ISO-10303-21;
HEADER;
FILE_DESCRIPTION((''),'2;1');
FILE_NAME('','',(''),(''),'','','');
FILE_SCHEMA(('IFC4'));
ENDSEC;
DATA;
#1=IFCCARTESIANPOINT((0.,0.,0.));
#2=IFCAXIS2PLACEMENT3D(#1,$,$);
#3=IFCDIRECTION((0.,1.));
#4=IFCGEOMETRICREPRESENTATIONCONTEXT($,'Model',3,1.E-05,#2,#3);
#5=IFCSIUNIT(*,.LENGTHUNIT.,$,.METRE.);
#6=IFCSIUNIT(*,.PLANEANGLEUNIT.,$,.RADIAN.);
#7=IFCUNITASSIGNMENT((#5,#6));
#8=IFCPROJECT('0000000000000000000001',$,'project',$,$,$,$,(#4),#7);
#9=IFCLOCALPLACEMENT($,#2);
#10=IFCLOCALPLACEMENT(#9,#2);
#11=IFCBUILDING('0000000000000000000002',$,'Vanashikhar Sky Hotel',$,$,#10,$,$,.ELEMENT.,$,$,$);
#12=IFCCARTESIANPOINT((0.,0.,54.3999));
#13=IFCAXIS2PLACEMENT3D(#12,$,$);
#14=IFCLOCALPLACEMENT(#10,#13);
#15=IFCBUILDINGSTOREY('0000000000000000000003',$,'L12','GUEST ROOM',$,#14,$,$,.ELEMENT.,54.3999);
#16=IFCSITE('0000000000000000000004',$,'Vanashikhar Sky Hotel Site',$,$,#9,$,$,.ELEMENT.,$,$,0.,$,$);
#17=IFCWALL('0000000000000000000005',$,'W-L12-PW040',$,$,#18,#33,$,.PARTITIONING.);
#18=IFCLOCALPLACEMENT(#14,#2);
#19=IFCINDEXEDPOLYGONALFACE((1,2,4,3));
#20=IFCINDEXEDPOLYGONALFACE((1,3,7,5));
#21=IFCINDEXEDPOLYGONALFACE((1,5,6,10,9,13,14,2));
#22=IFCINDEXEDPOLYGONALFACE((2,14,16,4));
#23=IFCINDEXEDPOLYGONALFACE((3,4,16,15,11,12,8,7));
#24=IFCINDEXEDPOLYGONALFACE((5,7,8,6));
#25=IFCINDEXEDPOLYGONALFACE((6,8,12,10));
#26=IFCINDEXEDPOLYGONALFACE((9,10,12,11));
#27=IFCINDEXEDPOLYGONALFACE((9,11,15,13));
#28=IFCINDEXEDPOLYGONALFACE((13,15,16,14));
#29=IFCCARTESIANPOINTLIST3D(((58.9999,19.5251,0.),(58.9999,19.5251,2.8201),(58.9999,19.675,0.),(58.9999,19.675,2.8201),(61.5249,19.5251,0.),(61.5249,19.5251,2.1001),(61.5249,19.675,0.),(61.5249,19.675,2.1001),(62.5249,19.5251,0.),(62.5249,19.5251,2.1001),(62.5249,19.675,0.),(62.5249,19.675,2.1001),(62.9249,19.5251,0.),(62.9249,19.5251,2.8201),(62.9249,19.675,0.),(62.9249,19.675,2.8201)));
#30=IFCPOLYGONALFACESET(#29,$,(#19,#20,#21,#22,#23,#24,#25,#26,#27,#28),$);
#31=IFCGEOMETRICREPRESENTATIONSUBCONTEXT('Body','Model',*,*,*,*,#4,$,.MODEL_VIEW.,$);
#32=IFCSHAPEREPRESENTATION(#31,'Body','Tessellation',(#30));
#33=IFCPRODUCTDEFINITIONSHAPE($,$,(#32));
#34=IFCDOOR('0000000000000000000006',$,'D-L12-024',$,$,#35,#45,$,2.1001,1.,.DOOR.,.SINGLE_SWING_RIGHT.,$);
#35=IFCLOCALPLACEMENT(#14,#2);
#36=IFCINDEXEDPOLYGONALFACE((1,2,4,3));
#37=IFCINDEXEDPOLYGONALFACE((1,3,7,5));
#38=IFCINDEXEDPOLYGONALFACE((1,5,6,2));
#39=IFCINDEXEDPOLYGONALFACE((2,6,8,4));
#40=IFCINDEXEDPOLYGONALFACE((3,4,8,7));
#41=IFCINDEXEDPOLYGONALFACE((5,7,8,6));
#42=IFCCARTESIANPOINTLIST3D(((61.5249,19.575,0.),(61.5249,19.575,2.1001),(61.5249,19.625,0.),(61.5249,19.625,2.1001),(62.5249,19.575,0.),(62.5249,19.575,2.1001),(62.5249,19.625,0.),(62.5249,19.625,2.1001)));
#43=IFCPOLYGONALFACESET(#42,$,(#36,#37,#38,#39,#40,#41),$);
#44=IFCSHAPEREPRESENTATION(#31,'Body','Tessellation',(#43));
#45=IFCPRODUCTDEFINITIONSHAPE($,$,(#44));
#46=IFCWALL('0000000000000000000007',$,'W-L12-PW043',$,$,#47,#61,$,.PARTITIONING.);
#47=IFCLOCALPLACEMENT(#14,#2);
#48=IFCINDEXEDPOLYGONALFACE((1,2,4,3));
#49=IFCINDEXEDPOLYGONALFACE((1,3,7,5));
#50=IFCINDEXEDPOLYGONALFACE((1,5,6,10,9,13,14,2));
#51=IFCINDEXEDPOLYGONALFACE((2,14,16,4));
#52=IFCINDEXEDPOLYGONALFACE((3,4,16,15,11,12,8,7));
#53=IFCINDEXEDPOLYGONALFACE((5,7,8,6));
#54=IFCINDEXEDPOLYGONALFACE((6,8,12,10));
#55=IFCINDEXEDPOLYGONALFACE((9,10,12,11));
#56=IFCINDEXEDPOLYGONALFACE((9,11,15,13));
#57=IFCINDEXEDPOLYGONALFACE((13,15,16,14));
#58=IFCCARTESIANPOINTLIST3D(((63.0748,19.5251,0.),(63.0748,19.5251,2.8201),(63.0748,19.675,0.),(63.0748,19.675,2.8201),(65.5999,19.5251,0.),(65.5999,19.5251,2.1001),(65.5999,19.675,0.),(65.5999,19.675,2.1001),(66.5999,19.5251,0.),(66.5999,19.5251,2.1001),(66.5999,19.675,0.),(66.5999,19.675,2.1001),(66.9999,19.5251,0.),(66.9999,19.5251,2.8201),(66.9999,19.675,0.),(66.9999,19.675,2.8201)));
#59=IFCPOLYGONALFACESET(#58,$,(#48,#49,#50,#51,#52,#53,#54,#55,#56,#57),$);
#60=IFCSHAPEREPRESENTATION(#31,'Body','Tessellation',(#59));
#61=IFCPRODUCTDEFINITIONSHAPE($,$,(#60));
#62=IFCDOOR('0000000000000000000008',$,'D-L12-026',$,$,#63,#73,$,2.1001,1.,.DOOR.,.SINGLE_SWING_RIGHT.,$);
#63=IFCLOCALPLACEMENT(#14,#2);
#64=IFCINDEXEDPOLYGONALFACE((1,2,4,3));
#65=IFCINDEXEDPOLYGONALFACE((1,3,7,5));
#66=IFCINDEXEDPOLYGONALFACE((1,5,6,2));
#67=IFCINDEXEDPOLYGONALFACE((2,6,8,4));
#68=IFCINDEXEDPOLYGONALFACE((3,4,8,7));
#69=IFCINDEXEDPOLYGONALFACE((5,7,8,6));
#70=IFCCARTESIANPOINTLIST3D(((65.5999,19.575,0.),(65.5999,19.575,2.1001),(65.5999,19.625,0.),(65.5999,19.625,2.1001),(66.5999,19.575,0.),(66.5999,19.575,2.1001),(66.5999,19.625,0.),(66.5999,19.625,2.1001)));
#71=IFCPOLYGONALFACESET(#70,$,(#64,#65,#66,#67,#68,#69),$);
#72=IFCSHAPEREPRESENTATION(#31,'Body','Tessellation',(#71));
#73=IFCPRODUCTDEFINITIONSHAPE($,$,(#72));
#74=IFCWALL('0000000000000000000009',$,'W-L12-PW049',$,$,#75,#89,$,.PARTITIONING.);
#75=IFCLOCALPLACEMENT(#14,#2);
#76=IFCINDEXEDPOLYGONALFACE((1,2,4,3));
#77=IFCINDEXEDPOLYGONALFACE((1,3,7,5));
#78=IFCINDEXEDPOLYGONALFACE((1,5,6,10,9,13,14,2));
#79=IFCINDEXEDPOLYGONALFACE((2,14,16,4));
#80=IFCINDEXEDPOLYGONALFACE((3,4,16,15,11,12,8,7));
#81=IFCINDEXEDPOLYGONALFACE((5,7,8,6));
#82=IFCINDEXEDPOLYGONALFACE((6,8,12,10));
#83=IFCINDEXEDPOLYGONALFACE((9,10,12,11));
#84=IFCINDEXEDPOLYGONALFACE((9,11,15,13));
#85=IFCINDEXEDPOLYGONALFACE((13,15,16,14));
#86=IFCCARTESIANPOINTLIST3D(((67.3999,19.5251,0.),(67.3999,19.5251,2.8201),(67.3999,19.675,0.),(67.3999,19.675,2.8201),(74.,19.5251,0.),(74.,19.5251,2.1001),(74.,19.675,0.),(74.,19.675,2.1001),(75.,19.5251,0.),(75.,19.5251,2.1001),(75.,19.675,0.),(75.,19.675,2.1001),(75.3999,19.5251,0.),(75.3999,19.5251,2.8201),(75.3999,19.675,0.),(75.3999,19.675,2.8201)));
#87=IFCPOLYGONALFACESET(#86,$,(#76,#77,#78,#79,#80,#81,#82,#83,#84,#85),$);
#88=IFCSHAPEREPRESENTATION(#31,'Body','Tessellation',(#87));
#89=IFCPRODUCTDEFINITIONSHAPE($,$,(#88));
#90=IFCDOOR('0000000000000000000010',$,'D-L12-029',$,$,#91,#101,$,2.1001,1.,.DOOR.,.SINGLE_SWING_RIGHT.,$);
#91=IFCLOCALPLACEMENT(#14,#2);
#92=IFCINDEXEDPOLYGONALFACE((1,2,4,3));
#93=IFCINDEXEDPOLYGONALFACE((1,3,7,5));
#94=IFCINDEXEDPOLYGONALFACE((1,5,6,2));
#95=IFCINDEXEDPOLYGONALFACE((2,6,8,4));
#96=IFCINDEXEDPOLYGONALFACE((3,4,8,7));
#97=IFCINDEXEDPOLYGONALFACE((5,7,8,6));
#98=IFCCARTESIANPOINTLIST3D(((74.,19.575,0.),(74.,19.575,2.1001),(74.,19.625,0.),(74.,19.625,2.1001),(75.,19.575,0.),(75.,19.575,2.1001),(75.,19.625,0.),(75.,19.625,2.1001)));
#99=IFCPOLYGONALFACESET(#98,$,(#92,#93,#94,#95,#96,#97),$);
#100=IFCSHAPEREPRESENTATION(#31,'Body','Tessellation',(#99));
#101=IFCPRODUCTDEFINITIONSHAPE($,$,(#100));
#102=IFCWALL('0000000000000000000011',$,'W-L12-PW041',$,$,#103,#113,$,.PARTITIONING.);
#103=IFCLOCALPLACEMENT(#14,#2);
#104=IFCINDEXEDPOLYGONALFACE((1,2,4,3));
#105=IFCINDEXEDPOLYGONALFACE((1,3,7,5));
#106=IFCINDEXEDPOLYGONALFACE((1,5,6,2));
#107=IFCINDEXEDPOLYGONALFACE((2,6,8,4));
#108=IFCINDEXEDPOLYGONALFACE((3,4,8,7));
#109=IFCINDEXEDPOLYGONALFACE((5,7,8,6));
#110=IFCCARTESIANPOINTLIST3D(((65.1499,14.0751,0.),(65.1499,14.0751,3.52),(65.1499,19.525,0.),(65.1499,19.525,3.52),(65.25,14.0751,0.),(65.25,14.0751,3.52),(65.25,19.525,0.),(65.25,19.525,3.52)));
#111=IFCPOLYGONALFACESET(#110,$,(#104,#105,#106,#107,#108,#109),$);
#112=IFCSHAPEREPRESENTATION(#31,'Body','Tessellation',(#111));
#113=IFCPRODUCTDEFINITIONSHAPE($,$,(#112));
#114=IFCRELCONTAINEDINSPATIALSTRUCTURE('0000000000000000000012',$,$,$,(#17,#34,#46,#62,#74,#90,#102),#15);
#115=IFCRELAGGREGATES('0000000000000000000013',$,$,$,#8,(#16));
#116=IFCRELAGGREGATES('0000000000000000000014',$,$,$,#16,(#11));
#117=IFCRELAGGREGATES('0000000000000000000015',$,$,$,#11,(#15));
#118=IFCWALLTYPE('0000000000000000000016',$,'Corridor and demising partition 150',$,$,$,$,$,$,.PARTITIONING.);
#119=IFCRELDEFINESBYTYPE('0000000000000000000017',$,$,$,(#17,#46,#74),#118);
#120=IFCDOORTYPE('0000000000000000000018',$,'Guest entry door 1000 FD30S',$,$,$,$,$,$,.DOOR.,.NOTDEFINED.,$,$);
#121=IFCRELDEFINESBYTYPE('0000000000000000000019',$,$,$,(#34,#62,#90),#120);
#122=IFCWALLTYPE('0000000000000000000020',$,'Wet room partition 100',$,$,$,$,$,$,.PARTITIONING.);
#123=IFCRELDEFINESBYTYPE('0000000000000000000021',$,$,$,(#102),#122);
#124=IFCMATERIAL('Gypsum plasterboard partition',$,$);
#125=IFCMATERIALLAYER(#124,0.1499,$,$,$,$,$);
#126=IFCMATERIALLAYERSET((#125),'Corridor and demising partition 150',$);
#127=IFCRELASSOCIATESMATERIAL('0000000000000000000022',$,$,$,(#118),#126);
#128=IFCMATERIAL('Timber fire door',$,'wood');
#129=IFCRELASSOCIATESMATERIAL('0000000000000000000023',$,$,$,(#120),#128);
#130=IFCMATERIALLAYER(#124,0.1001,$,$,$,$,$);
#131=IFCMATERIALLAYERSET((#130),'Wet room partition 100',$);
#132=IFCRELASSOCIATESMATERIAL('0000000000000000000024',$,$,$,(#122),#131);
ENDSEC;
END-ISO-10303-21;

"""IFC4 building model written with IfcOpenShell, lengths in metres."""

from ifc_helpers import new_model, si_unit, direction, frame, frame_2d, origin, place, context, subcontext, project, spatial, rectangle, extrude, source, transform, mapped, material, layer, layer_set, type_object, element, fill, save


model = new_model("IFC4")

# Units and contexts
model_context = context("Model", 3, precision=1e-05, world=origin(), true_north=direction((0.0, 1.0)))
body_context = subcontext(model_context, "Body", "Model", "MODEL_VIEW")
ifc_project = project(units=[si_unit("LENGTHUNIT", "METRE"), si_unit("PLANEANGLEUNIT", "RADIAN")], contexts=[model_context])

# Site, building, storey
site_placement = place(None, origin())
site = spatial("IfcSite", under=ifc_project, at=site_placement, Name="Vanashikhar Sky Hotel Site", CompositionType="ELEMENT", RefElevation=0.0)
building_placement = place(site_placement, origin())
building = spatial("IfcBuilding", under=site, at=building_placement, Name="Vanashikhar Sky Hotel", CompositionType="ELEMENT")
storey_placement = place(building_placement, frame((0.0, 0.0, 54.3999)))
storey = spatial("IfcBuildingStorey", under=building, at=storey_placement, Name="L12", Description="GUEST ROOM", CompositionType="ELEMENT", Elevation=54.3999)

# Walls, openings, doors
ifc_material_1 = material(Name="Gypsum plasterboard partition")
ifc_layer_1 = layer(ifc_material_1, 0.1499)
ifc_layer_set_1 = layer_set([ifc_layer_1], Name="Corridor and demising partition 150")
wall_type_1 = type_object("IfcWallType", Name="Corridor and demising partition 150", PredefinedType="PARTITIONING", material=ifc_layer_set_1)
shared_shape_1 = source(origin(), body_context, "Body", "SweptSolid", [
    extrude(rectangle(XDim=1.0, YDim=2.1001, at=frame_2d((0.5, 1.05))), frame((0.0, 0.085, 0.0), z_axis=(0.0, -1.0, 0.0), x_axis=(1.0, 0.0, 0.0)), (0.0, 0.0, 1.0), 0.1699),
])
ifc_material_2 = material(Name="Timber fire door", Category="wood")
door_type_1 = type_object("IfcDoorType", Name="Guest entry door 1000 FD30S", OperationType="NOTDEFINED", PredefinedType="DOOR", material=ifc_material_2)
shared_shape_2 = source(origin(), body_context, "Body", "SweptSolid", [
    extrude(rectangle(XDim=1.0, YDim=2.1001, at=frame_2d((0.5, 1.05))), frame((0.0, 0.0249, 0.0), z_axis=(0.0, -1.0, 0.0), x_axis=(1.0, 0.0, 0.0)), (0.0, 0.0, 1.0), 0.05),
])
shared_shape_3 = source(origin(), body_context, "Body", "SweptSolid", [
    extrude(rectangle(XDim=3.925, YDim=0.1499, at=frame_2d((1.9624, 0.0))), origin(), (0.0, 0.0, 1.0), 2.8201),
])
wall_1_placement = place(storey_placement, frame((59.0, 19.6001, 0.0), z_axis=(0.0, 0.0, 1.0), x_axis=(1.0, 0.0, 0.0)))
wall_1 = element("IfcWall", 1, at=wall_1_placement, inside=storey, type_object=wall_type_1, Name="W-L12-PW040", PredefinedType="PARTITIONING", context=body_context, shape_type="MappedRepresentation", body=[
    mapped(shared_shape_3, transform((0.0, 0.0, 0.0), scale=1.0)),
])
opening_1_placement = place(wall_1_placement, frame((2.5249, 0.0, 0.0)))
opening_1 = element("IfcOpeningElement", 2, at=opening_1_placement, cuts=wall_1, PredefinedType="OPENING", context=body_context, shape_type="MappedRepresentation", body=[
    mapped(shared_shape_1, transform((0.0, 0.0, 0.0), scale=1.0)),
])
door_1_placement = place(opening_1_placement, origin())
door_1 = element("IfcDoor", 3, at=door_1_placement, inside=storey, type_object=door_type_1, Name="D-L12-024", OperationType="SINGLE_SWING_RIGHT", OverallHeight=2.1001, OverallWidth=1.0, PredefinedType="DOOR", context=body_context, shape_type="MappedRepresentation", body=[
    mapped(shared_shape_2, transform((0.0, 0.0, 0.0), scale=1.0)),
])
fill(opening_1, door_1)
wall_2_placement = place(storey_placement, frame((63.075, 19.6001, 0.0), z_axis=(0.0, 0.0, 1.0), x_axis=(1.0, 0.0, 0.0)))
wall_2 = element("IfcWall", 4, at=wall_2_placement, inside=storey, type_object=wall_type_1, Name="W-L12-PW043", PredefinedType="PARTITIONING", context=body_context, shape_type="MappedRepresentation", body=[
    mapped(shared_shape_3, transform((0.0, 0.0, 0.0), scale=1.0)),
])
opening_2_placement = place(wall_2_placement, frame((2.5249, 0.0, 0.0)))
opening_2 = element("IfcOpeningElement", 5, at=opening_2_placement, cuts=wall_2, PredefinedType="OPENING", context=body_context, shape_type="MappedRepresentation", body=[
    mapped(shared_shape_1, transform((0.0, 0.0, 0.0), scale=1.0)),
])
door_2_placement = place(opening_2_placement, origin())
door_2 = element("IfcDoor", 6, at=door_2_placement, inside=storey, type_object=door_type_1, Name="D-L12-026", OperationType="SINGLE_SWING_RIGHT", OverallHeight=2.1001, OverallWidth=1.0, PredefinedType="DOOR", context=body_context, shape_type="MappedRepresentation", body=[
    mapped(shared_shape_2, transform((0.0, 0.0, 0.0), scale=1.0)),
])
fill(opening_2, door_2)
shared_shape_4 = source(origin(), body_context, "Body", "SweptSolid", [
    extrude(rectangle(XDim=8.0, YDim=0.1499, at=frame_2d((4.0, 0.0))), origin(), (0.0, 0.0, 1.0), 2.8201),
])
wall_3_placement = place(storey_placement, frame((67.3999, 19.6001, 0.0), z_axis=(0.0, 0.0, 1.0), x_axis=(1.0, 0.0, 0.0)))
wall_3 = element("IfcWall", 7, at=wall_3_placement, inside=storey, type_object=wall_type_1, Name="W-L12-PW049", PredefinedType="PARTITIONING", context=body_context, shape_type="MappedRepresentation", body=[
    mapped(shared_shape_4, transform((0.0, 0.0, 0.0), scale=1.0)),
])
opening_3_placement = place(wall_3_placement, frame((6.6001, 0.0, 0.0)))
opening_3 = element("IfcOpeningElement", 8, at=opening_3_placement, cuts=wall_3, PredefinedType="OPENING", context=body_context, shape_type="MappedRepresentation", body=[
    mapped(shared_shape_1, transform((0.0, 0.0, 0.0), scale=1.0)),
])
door_3_placement = place(opening_3_placement, origin())
door_3 = element("IfcDoor", 9, at=door_3_placement, inside=storey, type_object=door_type_1, Name="D-L12-029", OperationType="SINGLE_SWING_RIGHT", OverallHeight=2.1001, OverallWidth=1.0, PredefinedType="DOOR", context=body_context, shape_type="MappedRepresentation", body=[
    mapped(shared_shape_2, transform((0.0, 0.0, 0.0), scale=1.0)),
])
fill(opening_3, door_3)

# Wall
ifc_layer_2 = layer(ifc_material_1, 0.1001)
ifc_layer_set_2 = layer_set([ifc_layer_2], Name="Wet room partition 100")
wall_type_2 = type_object("IfcWallType", Name="Wet room partition 100", PredefinedType="PARTITIONING", material=ifc_layer_set_2)
shared_shape_5 = source(origin(), body_context, "Body", "SweptSolid", [
    extrude(rectangle(XDim=5.45, YDim=0.1001, at=frame_2d((2.7251, 0.0))), origin(), (0.0, 0.0, 1.0), 3.52),
])
wall_4_placement = place(storey_placement, frame((65.2, 14.075, 0.0), z_axis=(0.0, 0.0, 1.0), x_axis=(0.0, 1.0, 0.0)))
element("IfcWall", 10, at=wall_4_placement, inside=storey, type_object=wall_type_2, Name="W-L12-PW041", PredefinedType="PARTITIONING", context=body_context, shape_type="MappedRepresentation", body=[
    mapped(shared_shape_5, transform((0.0, 0.0, 0.0), scale=1.0)),
])

save(model, "model.ifc")
